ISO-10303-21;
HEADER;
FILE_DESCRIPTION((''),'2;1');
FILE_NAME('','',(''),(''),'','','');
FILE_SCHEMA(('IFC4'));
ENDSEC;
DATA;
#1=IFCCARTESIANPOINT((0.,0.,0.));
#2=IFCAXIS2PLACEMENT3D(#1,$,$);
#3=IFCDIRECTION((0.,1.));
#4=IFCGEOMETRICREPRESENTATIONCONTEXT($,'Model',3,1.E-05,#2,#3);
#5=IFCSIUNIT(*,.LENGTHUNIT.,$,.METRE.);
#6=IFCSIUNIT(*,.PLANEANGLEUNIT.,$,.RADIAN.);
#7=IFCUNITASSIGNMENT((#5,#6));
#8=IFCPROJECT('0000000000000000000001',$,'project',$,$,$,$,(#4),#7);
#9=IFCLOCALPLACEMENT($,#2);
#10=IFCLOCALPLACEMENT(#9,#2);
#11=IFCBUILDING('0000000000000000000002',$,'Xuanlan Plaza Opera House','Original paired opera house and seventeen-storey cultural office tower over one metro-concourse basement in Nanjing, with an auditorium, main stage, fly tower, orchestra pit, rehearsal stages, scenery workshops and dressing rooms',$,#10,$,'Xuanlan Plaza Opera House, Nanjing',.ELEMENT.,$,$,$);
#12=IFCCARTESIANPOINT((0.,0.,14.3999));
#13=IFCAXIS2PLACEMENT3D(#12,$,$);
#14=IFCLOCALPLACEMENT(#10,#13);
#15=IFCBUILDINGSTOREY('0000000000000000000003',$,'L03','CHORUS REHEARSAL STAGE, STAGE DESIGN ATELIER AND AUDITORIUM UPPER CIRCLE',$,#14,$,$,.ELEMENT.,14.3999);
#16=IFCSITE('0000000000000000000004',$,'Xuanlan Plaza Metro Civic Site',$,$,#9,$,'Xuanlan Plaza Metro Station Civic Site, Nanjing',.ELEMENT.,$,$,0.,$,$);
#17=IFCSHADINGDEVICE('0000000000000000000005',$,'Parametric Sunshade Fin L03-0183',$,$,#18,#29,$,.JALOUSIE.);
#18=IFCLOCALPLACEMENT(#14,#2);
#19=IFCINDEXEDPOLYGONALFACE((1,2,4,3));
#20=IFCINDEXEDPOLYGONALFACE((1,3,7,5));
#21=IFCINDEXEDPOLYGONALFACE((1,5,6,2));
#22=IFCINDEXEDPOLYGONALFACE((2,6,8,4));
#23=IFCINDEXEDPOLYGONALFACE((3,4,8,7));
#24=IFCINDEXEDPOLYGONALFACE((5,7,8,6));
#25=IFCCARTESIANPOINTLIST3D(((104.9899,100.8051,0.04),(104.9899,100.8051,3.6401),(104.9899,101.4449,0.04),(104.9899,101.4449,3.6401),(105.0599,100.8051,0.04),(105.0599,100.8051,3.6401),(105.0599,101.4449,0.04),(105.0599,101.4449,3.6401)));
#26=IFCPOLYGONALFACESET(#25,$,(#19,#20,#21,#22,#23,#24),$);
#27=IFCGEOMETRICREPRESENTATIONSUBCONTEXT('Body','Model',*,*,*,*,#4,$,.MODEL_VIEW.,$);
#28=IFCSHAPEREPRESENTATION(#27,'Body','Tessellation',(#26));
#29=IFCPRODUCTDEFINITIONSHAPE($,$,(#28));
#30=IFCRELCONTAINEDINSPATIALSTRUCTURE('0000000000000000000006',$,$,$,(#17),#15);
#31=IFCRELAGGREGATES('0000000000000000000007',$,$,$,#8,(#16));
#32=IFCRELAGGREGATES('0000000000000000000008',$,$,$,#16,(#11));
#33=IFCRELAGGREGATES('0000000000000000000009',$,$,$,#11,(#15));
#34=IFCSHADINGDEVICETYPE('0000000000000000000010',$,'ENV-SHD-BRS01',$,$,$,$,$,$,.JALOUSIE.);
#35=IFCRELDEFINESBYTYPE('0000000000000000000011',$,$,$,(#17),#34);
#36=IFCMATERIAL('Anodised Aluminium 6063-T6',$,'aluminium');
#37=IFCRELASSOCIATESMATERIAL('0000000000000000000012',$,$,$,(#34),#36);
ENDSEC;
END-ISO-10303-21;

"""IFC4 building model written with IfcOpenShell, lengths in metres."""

from ifc_helpers import new_model, si_unit, direction, frame, origin, origin_2d, place, context, subcontext, project, spatial, rectangle, extrude, material, type_object, element, save


model = new_model("IFC4")

# Units and contexts
model_context = context("Model", 3, precision=1e-05, world=origin(), true_north=direction((0.0, 1.0)))
body_context = subcontext(model_context, "Body", "Model", "MODEL_VIEW")
ifc_project = project(units=[si_unit("LENGTHUNIT", "METRE"), si_unit("PLANEANGLEUNIT", "RADIAN")], contexts=[model_context])

# Site, building, storey
site_placement = place(None, origin())
site = spatial("IfcSite", under=ifc_project, at=site_placement, Name="Xuanlan Plaza Metro Civic Site", LongName="Xuanlan Plaza Metro Station Civic Site, Nanjing", CompositionType="ELEMENT", RefElevation=0.0)
building_placement = place(site_placement, origin())
building = spatial("IfcBuilding", under=site, at=building_placement, Name="Xuanlan Plaza Opera House", Description="Original paired opera house and seventeen-storey cultural office tower over one metro-concourse basement in Nanjing, with an auditorium, main stage, fly tower, orchestra pit, rehearsal stages, scenery workshops and dressing rooms", LongName="Xuanlan Plaza Opera House, Nanjing", CompositionType="ELEMENT")
storey_placement = place(building_placement, frame((0.0, 0.0, 14.3999)))
storey = spatial("IfcBuildingStorey", under=building, at=storey_placement, Name="L03", Description="CHORUS REHEARSAL STAGE, STAGE DESIGN ATELIER AND AUDITORIUM UPPER CIRCLE", CompositionType="ELEMENT", Elevation=14.3999)

# Shared definitions
ifc_material_1 = material(Name="Anodised Aluminium 6063-T6", Category="aluminium")

# Shading device
shading_device_type = type_object("IfcShadingDeviceType", Name="ENV-SHD-BRS01", PredefinedType="JALOUSIE", material=ifc_material_1)
for number, where, z_axis, x_axis, name in (
    (1, (105.0249, 101.125, 0.04), (0.0, 0.0, 1.0), (0.0, 1.0, 0.0), "Parametric Sunshade Fin L03-0183"),
):
    element("IfcShadingDevice", number, at=place(storey_placement, frame(where, z_axis=z_axis, x_axis=x_axis)), inside=storey, type_object=shading_device_type, Name=name, PredefinedType="JALOUSIE", context=body_context, shape_type="SweptSolid", body=[
        extrude(rectangle(XDim=0.6399, YDim=0.0701, at=origin_2d()), origin(), (0.0, 0.0, 1.0), 3.6001),
    ])

save(model, "model.ifc")
